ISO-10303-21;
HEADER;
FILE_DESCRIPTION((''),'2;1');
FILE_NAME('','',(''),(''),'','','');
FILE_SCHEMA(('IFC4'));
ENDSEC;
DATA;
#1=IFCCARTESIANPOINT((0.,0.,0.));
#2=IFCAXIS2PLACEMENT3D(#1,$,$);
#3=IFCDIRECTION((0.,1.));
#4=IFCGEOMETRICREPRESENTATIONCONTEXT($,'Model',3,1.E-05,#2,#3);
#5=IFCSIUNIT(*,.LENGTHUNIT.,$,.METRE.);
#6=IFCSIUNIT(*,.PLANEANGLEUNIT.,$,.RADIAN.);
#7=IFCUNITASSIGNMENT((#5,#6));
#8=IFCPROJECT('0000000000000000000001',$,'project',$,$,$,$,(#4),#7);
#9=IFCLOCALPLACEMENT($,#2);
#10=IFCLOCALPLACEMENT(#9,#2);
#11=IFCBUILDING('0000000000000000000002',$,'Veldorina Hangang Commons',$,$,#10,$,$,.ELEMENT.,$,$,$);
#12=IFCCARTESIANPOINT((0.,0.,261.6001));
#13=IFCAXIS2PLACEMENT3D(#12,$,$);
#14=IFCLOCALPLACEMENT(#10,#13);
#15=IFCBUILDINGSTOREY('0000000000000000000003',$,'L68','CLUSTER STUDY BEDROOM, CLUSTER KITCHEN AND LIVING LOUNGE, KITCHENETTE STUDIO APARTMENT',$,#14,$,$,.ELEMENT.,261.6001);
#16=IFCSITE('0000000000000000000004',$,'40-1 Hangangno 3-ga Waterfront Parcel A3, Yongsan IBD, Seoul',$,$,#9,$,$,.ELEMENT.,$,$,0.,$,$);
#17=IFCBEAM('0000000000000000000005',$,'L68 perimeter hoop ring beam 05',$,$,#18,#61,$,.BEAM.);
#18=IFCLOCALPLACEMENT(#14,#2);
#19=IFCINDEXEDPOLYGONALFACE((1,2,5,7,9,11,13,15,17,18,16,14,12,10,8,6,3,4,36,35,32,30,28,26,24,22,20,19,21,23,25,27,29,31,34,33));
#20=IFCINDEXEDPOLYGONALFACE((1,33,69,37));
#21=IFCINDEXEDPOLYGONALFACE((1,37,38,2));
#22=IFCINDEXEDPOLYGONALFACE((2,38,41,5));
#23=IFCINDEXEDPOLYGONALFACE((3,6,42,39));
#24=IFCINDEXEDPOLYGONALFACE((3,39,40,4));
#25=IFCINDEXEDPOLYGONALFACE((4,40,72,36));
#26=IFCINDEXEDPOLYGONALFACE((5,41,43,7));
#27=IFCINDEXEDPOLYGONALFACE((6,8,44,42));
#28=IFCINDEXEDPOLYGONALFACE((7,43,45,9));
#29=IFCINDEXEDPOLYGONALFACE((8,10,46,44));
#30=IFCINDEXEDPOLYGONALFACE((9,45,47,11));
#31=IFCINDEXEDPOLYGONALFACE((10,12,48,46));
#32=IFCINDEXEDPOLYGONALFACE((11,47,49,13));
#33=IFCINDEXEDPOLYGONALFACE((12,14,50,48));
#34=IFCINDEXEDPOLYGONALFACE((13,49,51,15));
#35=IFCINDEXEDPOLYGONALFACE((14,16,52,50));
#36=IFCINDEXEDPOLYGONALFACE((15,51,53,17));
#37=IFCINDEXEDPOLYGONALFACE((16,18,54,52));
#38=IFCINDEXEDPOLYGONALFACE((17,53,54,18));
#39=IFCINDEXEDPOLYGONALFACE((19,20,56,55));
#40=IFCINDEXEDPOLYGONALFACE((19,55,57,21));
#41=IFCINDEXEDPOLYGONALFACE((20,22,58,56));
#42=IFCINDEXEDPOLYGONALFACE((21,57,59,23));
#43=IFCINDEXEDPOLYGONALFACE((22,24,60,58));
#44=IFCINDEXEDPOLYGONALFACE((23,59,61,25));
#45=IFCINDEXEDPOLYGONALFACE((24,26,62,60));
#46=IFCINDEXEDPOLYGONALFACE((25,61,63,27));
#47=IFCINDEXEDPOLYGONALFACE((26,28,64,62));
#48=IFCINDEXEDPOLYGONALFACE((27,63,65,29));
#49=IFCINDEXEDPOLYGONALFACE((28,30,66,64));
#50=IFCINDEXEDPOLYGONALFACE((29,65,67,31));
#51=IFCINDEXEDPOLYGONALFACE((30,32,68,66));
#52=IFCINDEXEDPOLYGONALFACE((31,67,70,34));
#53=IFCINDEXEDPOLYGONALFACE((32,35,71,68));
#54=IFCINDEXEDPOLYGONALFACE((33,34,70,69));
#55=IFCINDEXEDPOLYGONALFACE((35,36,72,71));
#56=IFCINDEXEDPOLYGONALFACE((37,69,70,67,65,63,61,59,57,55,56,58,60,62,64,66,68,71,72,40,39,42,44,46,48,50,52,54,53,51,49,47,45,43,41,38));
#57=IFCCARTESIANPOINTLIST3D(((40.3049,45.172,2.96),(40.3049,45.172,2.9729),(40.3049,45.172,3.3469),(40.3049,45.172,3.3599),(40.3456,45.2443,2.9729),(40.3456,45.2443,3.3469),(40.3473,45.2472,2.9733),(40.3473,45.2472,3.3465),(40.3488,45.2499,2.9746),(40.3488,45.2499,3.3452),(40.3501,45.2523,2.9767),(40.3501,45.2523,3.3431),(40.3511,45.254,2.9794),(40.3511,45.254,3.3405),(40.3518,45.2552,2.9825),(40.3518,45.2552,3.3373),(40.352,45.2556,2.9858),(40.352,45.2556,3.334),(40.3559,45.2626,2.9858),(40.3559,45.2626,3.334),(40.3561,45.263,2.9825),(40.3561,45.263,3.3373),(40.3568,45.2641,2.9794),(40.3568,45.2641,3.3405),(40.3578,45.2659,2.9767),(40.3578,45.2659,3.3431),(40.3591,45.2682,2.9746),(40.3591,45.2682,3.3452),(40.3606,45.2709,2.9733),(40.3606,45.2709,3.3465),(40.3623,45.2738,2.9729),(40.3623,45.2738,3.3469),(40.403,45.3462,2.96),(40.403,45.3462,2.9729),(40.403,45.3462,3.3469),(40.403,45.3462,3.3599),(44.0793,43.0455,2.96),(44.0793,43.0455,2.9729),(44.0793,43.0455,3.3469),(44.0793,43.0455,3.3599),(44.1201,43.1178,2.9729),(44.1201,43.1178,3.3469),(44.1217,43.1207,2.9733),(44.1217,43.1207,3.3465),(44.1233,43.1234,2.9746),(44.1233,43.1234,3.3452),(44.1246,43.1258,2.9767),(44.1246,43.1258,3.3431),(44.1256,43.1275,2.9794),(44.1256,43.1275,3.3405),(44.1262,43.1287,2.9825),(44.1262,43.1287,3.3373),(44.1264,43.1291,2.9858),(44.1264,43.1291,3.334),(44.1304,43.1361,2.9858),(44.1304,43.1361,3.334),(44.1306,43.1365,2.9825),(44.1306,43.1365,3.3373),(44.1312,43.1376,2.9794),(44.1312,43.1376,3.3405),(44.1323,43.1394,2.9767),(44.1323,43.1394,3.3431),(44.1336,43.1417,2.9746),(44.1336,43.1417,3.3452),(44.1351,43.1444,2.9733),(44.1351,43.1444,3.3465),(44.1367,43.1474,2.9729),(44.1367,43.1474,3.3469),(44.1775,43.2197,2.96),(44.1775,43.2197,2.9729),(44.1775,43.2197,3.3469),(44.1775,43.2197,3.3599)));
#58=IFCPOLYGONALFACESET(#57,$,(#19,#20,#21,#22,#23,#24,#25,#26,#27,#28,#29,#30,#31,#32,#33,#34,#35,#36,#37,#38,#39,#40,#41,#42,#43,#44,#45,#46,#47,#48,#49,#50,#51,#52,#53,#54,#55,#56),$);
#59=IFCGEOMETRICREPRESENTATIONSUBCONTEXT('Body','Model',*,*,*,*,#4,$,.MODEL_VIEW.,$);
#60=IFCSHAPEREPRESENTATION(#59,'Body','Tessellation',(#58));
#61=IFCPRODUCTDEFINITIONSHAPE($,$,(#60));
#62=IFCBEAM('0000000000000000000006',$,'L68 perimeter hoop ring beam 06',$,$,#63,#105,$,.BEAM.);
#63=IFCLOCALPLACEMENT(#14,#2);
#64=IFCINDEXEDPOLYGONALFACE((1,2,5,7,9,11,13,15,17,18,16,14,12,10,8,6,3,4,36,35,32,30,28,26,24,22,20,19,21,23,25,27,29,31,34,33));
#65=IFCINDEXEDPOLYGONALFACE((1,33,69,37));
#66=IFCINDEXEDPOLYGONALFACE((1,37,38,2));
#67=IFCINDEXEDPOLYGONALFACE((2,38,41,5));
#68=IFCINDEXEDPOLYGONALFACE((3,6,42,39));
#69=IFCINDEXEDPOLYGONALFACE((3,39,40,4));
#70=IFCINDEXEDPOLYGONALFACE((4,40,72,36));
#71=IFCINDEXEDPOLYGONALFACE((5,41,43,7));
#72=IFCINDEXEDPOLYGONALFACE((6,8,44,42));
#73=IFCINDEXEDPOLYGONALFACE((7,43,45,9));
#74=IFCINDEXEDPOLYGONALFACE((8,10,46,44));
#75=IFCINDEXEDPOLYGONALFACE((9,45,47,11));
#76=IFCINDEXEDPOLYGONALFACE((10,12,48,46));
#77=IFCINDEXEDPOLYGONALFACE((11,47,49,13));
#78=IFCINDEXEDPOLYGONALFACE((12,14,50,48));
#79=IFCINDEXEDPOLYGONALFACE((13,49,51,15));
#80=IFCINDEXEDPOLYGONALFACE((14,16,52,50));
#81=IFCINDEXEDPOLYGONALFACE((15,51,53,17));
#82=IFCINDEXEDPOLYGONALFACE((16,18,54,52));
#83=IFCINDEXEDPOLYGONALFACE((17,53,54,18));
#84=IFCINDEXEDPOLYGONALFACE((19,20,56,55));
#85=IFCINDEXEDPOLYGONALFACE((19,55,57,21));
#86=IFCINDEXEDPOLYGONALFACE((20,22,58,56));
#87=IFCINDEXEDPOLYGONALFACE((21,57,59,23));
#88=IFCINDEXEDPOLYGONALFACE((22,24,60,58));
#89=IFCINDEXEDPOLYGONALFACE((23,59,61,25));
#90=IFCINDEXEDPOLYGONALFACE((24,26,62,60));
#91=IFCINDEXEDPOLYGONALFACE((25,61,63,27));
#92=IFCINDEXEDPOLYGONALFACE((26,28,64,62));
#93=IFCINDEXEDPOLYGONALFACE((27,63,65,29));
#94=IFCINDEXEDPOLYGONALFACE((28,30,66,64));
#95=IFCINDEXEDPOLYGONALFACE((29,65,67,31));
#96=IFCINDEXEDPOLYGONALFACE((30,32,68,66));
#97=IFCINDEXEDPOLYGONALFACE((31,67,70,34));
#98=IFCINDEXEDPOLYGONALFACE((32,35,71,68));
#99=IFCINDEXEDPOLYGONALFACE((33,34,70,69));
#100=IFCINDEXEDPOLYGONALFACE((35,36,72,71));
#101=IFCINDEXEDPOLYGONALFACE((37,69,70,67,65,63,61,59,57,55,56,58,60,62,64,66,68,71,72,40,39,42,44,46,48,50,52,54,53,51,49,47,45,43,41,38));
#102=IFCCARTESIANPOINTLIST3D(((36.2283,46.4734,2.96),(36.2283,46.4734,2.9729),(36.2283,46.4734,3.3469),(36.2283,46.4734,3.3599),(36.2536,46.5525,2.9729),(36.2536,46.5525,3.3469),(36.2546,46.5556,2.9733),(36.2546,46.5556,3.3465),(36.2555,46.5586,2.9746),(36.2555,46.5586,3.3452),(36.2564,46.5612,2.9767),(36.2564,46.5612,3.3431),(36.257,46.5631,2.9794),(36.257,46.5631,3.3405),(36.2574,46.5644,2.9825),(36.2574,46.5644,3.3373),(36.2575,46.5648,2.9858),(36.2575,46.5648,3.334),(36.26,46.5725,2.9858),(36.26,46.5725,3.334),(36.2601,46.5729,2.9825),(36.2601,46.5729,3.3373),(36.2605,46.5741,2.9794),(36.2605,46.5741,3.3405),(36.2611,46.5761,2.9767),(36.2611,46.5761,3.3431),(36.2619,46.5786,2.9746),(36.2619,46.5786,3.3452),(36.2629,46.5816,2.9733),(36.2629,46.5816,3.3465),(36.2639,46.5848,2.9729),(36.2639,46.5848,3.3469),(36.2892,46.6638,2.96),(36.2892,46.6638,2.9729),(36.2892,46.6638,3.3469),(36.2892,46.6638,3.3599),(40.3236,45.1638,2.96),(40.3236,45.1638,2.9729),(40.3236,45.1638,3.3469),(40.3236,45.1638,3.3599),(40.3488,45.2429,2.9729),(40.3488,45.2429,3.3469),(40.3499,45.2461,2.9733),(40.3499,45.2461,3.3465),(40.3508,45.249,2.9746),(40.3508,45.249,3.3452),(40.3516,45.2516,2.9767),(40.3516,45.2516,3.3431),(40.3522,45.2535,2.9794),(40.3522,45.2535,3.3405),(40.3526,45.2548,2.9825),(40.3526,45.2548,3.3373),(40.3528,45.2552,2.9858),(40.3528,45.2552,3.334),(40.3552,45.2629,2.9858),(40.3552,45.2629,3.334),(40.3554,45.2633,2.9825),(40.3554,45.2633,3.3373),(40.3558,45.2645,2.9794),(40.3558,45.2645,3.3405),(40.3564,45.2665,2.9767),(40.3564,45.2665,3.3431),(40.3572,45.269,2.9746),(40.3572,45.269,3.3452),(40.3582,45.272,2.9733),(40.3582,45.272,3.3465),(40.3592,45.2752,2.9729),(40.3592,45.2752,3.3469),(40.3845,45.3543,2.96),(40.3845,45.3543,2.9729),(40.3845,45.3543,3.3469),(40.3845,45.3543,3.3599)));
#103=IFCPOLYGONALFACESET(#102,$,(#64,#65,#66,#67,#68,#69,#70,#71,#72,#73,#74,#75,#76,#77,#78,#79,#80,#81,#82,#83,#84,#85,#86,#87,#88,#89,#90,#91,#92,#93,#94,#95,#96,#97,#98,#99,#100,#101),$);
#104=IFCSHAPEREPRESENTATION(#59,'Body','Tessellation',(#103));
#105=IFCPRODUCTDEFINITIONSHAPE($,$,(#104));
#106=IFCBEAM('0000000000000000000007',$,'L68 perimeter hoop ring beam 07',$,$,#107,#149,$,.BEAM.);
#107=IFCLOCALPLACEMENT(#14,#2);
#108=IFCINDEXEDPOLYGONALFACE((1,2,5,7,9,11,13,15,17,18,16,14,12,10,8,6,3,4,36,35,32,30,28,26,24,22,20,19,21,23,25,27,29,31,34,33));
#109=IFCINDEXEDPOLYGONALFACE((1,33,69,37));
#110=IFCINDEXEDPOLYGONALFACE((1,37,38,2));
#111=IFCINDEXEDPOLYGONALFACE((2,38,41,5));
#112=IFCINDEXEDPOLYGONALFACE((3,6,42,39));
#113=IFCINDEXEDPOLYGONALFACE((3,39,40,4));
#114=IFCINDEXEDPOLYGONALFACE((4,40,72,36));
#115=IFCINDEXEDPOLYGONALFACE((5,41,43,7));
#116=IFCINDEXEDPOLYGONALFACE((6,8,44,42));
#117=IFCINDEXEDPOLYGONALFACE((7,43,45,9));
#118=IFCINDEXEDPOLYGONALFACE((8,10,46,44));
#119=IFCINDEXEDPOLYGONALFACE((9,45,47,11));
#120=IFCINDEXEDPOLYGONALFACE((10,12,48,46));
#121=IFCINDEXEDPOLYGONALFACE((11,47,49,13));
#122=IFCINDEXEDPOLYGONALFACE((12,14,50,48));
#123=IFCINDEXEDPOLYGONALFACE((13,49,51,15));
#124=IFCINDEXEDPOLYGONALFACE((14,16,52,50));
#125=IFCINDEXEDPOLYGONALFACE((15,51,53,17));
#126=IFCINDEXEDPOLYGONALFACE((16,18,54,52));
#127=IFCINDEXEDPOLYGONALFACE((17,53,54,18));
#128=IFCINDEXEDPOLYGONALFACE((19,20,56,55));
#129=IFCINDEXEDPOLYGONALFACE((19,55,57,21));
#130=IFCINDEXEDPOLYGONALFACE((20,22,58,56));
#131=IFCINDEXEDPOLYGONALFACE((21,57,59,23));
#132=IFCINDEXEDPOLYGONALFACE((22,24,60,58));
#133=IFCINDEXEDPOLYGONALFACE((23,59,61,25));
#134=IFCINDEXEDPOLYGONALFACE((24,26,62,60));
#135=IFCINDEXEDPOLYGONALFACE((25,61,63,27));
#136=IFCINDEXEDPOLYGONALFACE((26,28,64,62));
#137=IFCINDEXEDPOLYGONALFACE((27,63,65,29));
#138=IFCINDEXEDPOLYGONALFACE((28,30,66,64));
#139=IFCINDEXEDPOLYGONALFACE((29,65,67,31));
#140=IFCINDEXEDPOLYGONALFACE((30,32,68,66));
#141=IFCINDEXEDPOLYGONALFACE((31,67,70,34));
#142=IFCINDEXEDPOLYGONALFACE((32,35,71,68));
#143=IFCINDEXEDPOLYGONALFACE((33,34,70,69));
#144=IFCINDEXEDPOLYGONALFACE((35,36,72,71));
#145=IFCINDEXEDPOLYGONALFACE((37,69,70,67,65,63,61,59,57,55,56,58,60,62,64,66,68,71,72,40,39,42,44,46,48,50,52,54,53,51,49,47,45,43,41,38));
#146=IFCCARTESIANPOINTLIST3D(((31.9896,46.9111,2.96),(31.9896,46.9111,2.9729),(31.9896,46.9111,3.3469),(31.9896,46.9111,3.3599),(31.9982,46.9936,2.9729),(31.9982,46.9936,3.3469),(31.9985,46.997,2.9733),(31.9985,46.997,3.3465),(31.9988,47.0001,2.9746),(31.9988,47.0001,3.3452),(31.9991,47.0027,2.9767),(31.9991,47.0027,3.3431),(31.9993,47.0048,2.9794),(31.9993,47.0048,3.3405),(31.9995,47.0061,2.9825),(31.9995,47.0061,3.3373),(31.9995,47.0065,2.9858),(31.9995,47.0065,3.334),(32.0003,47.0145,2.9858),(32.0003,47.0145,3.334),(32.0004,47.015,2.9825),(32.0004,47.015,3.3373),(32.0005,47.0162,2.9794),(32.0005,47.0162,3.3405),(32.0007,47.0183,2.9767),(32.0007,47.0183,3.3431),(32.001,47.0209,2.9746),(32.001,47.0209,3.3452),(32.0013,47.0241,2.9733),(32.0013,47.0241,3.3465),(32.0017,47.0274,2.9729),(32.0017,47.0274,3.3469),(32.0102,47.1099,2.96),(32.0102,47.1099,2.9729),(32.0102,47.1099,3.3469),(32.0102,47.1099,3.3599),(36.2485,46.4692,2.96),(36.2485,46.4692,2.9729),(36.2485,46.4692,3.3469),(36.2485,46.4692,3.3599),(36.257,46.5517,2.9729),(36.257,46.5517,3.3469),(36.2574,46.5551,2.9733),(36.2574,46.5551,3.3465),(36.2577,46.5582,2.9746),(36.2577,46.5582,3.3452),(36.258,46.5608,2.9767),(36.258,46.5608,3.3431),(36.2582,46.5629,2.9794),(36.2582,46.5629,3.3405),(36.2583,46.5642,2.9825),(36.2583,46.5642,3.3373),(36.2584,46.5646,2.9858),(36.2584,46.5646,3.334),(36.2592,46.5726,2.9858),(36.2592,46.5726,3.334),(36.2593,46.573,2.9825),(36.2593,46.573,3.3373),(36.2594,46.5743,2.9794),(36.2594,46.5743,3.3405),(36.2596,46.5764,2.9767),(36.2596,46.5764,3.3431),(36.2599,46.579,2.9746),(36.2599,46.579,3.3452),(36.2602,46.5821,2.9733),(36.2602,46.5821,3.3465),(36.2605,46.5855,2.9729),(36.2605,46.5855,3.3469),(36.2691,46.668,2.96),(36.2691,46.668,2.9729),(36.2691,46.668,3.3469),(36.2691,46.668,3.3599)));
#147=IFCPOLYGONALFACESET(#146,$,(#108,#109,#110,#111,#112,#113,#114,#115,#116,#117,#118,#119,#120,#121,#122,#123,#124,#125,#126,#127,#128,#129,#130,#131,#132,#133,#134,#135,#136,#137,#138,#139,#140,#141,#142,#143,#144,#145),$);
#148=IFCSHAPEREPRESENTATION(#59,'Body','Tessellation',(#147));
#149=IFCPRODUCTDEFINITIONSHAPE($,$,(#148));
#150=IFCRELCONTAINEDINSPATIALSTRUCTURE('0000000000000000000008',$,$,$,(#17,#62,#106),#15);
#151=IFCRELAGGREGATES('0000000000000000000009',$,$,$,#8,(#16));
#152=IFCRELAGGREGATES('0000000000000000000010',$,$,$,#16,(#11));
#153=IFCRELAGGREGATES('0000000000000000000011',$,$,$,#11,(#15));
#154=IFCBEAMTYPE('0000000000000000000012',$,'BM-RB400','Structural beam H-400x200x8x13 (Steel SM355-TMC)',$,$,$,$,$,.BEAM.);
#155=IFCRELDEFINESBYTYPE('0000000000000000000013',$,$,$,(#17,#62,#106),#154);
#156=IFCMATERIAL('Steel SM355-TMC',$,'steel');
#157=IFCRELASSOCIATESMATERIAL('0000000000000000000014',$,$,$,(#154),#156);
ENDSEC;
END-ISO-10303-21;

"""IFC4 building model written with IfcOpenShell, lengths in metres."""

from ifc_helpers import new_model, si_unit, direction, frame, origin, origin_2d, place, context, subcontext, project, spatial, i_section, extrude, material, material_profile, profile_set, type_object, element, save


model = new_model("IFC4")

# Units and contexts
model_context = context("Model", 3, precision=1e-05, world=origin(), true_north=direction((0.0, 1.0)))
body_context = subcontext(model_context, "Body", "Model", "MODEL_VIEW")
ifc_project = project(units=[si_unit("LENGTHUNIT", "METRE"), si_unit("PLANEANGLEUNIT", "RADIAN")], contexts=[model_context])

# Site, building, storey
site_placement = place(None, origin())
site = spatial("IfcSite", under=ifc_project, at=site_placement, Name="40-1 Hangangno 3-ga Waterfront Parcel A3, Yongsan IBD, Seoul", CompositionType="ELEMENT", RefElevation=0.0)
building_placement = place(site_placement, origin())
building = spatial("IfcBuilding", under=site, at=building_placement, Name="Veldorina Hangang Commons", CompositionType="ELEMENT")
storey_placement = place(building_placement, frame((0.0, 0.0, 261.6001)))
storey = spatial("IfcBuildingStorey", under=building, at=storey_placement, Name="L68", Description="CLUSTER STUDY BEDROOM, CLUSTER KITCHEN AND LIVING LOUNGE, KITCHENETTE STUDIO APARTMENT", CompositionType="ELEMENT", Elevation=261.6001)

# Beams
ifc_material_1 = material(Name="Steel SM355-TMC", Category="steel")
ifc_material_profile_1 = material_profile(ifc_material_1, i_section(OverallWidth=0.2, OverallDepth=0.3999, WebThickness=0.0081, FlangeThickness=0.0129, FilletRadius=0.0129, at=origin_2d()), Name="H-400x200x8x13")
ifc_profile_set_1 = profile_set([ifc_material_profile_1], Name="Steel SM355-TMC")
beam_type = type_object("IfcBeamType", Name="BM-RB400", Description="Structural beam H-400x200x8x13 (Steel SM355-TMC)", PredefinedType="BEAM", material=ifc_profile_set_1)
beam_1_placement = place(storey_placement, frame((44.1284, 43.1326, 3.1599), z_axis=(-0.871244, 0.49085, 0.0), x_axis=(-0.49085, -0.871244, 0.0)))
element("IfcBeam", 1, at=beam_1_placement, inside=storey, type_object=beam_type, Name="L68 perimeter hoop ring beam 05", PredefinedType="BEAM", context=body_context, shape_type="SweptSolid", body=[
    extrude(i_section(OverallWidth=0.2, OverallDepth=0.3999, WebThickness=0.0081, FlangeThickness=0.0129, FilletRadius=0.0129, at=origin_2d()), origin(), (0.0, 0.0, 1.0), 4.3323),
])
beam_2_placement = place(storey_placement, frame((40.354, 45.259, 3.1599), z_axis=(-0.952485, 0.304586, 0.0), x_axis=(-0.304586, -0.952485, 0.0)))
element("IfcBeam", 2, at=beam_2_placement, inside=storey, type_object=beam_type, Name="L68 perimeter hoop ring beam 06", PredefinedType="BEAM", context=body_context, shape_type="SweptSolid", body=[
    extrude(i_section(OverallWidth=0.2, OverallDepth=0.3999, WebThickness=0.0081, FlangeThickness=0.0129, FilletRadius=0.0129, at=origin_2d()), origin(), (0.0, 0.0, 1.0), 4.2996),
])
beam_3_placement = place(storey_placement, frame((36.2588, 46.5686, 3.1599), z_axis=(-0.99466, 0.103207, 0.0), x_axis=(-0.103207, -0.99466, 0.0)))
element("IfcBeam", 3, at=beam_3_placement, inside=storey, type_object=beam_type, Name="L68 perimeter hoop ring beam 07", PredefinedType="BEAM", context=body_context, shape_type="SweptSolid", body=[
    extrude(i_section(OverallWidth=0.2, OverallDepth=0.3999, WebThickness=0.0081, FlangeThickness=0.0129, FilletRadius=0.0129, at=origin_2d()), origin(), (0.0, 0.0, 1.0), 4.2817),
])

save(model, "model.ifc")
